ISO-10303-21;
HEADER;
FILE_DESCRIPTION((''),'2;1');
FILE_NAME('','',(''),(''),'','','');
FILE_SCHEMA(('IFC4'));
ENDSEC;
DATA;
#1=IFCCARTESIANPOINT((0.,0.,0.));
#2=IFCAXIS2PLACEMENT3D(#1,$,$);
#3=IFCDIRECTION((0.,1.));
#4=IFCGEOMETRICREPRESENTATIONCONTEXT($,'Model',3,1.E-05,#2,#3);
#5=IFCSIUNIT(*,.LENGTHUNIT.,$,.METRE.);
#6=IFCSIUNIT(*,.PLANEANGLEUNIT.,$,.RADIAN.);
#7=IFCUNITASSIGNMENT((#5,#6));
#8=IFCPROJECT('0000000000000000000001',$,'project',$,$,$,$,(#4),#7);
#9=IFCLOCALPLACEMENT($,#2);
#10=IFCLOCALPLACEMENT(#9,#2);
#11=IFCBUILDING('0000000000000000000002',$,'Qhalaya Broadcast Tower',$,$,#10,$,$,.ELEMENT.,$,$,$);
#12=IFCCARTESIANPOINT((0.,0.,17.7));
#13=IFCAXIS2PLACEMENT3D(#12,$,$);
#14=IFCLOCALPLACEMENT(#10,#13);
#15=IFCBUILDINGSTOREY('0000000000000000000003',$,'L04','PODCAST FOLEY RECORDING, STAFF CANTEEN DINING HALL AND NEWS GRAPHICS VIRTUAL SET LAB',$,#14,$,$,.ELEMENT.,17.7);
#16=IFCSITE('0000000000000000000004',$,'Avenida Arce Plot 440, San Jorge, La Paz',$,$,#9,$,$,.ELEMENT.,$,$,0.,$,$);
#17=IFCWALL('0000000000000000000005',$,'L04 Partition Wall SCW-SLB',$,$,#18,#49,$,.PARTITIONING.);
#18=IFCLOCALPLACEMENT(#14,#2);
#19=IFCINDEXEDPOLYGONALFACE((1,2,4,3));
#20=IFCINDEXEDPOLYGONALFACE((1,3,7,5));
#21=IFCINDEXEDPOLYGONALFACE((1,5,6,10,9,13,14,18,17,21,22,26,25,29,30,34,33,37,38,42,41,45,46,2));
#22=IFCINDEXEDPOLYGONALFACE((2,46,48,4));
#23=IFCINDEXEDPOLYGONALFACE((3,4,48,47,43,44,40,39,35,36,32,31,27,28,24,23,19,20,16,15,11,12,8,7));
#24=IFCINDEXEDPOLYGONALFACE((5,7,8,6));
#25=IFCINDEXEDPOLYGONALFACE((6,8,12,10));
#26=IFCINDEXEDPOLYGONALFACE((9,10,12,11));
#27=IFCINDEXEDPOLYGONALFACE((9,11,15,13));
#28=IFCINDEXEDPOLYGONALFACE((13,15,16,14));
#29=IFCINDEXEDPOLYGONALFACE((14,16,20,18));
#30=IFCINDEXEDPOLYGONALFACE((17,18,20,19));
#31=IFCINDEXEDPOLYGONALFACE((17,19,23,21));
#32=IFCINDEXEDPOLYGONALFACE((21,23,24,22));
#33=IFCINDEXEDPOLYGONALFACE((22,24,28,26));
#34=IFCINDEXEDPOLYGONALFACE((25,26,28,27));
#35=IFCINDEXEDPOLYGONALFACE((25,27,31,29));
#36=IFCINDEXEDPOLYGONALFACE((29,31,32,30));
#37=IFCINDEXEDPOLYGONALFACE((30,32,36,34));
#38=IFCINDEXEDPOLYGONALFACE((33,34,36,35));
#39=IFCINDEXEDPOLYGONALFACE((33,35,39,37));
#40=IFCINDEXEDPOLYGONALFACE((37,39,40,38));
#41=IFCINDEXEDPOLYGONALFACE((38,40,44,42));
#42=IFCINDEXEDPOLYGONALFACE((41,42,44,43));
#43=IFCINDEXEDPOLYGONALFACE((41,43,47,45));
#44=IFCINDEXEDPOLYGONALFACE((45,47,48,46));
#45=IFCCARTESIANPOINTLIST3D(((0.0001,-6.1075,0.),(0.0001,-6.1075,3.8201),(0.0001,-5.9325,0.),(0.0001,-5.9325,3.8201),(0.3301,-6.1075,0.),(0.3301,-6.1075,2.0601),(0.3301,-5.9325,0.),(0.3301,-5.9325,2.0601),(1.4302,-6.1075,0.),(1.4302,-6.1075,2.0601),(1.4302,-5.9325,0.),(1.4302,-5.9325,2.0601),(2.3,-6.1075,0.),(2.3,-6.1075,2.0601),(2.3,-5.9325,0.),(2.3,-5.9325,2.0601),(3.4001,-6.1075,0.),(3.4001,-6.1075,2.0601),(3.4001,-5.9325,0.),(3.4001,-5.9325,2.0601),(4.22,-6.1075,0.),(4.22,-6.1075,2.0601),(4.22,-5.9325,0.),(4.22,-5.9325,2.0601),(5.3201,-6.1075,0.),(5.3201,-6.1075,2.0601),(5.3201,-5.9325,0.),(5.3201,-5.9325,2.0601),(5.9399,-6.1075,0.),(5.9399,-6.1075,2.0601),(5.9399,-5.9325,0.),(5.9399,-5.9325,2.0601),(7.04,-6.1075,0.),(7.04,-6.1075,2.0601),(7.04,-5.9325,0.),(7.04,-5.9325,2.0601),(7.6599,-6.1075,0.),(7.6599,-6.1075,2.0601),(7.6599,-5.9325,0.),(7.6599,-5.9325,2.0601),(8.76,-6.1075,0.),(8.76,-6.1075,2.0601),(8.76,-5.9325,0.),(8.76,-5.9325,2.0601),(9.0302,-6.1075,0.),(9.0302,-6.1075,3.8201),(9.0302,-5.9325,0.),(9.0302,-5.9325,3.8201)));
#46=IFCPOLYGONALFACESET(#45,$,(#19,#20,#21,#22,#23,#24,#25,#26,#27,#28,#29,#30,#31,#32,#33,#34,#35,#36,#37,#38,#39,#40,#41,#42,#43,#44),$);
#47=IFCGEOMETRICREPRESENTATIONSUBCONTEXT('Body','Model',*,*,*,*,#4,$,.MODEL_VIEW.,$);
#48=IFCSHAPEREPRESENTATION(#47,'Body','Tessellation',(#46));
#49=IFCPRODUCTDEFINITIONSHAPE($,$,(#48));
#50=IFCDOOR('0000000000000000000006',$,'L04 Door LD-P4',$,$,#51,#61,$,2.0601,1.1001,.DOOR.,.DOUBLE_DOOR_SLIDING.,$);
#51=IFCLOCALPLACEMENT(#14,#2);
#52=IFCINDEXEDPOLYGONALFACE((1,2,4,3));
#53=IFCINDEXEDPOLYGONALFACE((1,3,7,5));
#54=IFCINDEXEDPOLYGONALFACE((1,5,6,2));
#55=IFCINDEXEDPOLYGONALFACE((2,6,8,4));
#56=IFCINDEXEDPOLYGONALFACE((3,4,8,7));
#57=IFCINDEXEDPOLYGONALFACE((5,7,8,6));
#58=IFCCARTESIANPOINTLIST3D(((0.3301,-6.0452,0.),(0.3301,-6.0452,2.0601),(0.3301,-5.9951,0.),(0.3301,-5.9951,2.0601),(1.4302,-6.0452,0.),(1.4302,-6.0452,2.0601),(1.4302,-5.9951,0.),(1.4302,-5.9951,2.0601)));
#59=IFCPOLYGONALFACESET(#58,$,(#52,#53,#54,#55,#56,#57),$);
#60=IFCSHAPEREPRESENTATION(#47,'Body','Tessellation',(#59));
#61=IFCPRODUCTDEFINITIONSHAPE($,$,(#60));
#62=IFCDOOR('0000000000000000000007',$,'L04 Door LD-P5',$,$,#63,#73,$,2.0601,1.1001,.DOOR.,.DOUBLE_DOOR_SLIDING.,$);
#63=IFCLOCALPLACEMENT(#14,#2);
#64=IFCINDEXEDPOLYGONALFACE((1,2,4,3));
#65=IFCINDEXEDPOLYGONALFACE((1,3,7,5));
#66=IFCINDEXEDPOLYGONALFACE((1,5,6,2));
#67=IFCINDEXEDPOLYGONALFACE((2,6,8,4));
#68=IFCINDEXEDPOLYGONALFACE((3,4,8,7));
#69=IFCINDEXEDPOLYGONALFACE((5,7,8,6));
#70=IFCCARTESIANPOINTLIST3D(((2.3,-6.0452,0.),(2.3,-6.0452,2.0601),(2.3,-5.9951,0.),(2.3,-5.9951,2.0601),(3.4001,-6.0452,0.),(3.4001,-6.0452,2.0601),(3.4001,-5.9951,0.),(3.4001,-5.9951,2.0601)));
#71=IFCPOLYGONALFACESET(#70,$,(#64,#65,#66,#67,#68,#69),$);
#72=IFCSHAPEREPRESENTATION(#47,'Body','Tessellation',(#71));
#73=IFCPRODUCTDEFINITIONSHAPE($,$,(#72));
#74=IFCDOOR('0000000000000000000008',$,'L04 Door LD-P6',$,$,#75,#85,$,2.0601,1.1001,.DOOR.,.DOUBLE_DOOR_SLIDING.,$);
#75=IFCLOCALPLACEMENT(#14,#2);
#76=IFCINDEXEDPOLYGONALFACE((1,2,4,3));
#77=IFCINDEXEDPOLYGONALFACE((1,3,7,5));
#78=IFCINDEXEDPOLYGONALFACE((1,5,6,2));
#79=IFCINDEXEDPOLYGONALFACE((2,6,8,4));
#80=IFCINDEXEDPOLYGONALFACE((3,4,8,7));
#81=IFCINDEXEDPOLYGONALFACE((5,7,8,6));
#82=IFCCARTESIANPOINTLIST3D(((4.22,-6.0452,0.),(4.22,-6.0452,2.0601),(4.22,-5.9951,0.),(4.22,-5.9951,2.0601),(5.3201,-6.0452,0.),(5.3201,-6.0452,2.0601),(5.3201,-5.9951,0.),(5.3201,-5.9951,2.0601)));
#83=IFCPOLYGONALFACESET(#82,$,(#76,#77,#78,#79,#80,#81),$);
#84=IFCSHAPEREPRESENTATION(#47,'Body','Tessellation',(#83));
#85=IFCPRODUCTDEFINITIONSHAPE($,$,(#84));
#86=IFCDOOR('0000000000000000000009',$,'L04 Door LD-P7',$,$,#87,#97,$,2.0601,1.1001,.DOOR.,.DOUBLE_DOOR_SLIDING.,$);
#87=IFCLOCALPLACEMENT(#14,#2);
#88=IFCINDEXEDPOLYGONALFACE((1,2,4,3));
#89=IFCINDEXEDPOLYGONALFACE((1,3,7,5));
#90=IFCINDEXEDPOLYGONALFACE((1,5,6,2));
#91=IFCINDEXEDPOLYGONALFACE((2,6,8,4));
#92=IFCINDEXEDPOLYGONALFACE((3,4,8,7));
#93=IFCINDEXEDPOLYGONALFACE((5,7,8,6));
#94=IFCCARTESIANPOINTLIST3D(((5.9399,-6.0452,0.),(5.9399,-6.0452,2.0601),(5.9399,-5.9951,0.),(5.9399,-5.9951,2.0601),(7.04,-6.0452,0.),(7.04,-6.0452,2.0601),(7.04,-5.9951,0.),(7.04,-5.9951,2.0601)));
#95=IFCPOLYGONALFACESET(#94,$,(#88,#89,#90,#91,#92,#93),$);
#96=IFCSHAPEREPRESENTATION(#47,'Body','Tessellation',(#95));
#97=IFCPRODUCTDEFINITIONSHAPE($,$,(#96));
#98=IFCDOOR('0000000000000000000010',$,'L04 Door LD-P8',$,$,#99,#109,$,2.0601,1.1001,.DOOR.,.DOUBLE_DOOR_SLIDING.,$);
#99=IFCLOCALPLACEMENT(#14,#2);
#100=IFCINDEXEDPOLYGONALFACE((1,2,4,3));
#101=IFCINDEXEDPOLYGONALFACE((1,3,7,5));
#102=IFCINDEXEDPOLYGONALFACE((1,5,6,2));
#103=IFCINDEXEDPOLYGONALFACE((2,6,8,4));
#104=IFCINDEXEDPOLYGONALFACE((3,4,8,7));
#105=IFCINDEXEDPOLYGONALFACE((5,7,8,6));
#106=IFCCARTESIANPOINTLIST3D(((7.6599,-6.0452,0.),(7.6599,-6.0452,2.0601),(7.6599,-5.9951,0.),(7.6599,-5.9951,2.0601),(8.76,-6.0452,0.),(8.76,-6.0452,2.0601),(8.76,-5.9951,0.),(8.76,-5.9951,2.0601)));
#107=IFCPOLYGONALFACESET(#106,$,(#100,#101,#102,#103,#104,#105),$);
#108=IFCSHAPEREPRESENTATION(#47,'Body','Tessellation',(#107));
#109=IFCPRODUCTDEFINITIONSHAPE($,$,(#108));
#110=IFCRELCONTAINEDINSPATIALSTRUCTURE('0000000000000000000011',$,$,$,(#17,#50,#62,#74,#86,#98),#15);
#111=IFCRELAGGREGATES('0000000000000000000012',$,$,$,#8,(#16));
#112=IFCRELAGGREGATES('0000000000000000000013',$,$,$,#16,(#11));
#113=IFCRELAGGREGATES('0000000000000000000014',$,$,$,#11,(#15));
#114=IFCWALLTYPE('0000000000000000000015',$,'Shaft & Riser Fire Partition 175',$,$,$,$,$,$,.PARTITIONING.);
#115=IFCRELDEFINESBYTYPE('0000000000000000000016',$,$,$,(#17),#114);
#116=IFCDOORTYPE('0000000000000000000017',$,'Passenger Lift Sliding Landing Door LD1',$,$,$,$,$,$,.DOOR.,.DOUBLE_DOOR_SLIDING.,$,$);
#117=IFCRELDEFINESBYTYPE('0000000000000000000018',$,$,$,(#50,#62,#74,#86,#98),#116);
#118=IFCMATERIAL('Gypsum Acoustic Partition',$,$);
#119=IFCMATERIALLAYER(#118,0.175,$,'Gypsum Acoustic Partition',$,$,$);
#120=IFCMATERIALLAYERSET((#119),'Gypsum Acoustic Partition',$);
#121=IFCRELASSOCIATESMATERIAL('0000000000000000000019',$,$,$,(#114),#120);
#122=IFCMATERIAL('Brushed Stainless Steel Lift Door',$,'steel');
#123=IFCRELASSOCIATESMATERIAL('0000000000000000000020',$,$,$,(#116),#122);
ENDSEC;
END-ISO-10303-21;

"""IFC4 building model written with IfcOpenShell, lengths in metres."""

from ifc_helpers import new_model, si_unit, direction, frame, frame_2d, origin, place, context, subcontext, project, spatial, rectangle, extrude, material, layer, layer_set, type_object, element, fill, save


model = new_model("IFC4")

# Units and contexts
model_context = context("Model", 3, precision=1e-05, world=origin(), true_north=direction((0.0, 1.0)))
body_context = subcontext(model_context, "Body", "Model", "MODEL_VIEW")
ifc_project = project(units=[si_unit("LENGTHUNIT", "METRE"), si_unit("PLANEANGLEUNIT", "RADIAN")], contexts=[model_context])

# Site, building, storey
site_placement = place(None, origin())
site = spatial("IfcSite", under=ifc_project, at=site_placement, Name="Avenida Arce Plot 440, San Jorge, La Paz", CompositionType="ELEMENT", RefElevation=0.0)
building_placement = place(site_placement, origin())
building = spatial("IfcBuilding", under=site, at=building_placement, Name="Qhalaya Broadcast Tower", CompositionType="ELEMENT")
storey_placement = place(building_placement, frame((0.0, 0.0, 17.7)))
storey = spatial("IfcBuildingStorey", under=building, at=storey_placement, Name="L04", Description="PODCAST FOLEY RECORDING, STAFF CANTEEN DINING HALL AND NEWS GRAPHICS VIRTUAL SET LAB", CompositionType="ELEMENT", Elevation=17.7)

# Shared definitions
ifc_material_1 = material(Name="Gypsum Acoustic Partition")

# Shared definitions
ifc_material_2 = material(Name="Brushed Stainless Steel Lift Door", Category="steel")

# Shared definitions
ifc_layer_1 = layer(ifc_material_1, 0.175, Name="Gypsum Acoustic Partition")
ifc_layer_set_1 = layer_set([ifc_layer_1], Name="Gypsum Acoustic Partition")
wall_type_1 = type_object("IfcWallType", Name="Shaft & Riser Fire Partition 175", PredefinedType="PARTITIONING", material=ifc_layer_set_1)

# Wall, openings, doors
wall_1_placement = place(storey_placement, frame((0.0, -6.02, 0.0), z_axis=(0.0, 0.0, 1.0), x_axis=(1.0, 0.0, 0.0)))
wall_1 = element("IfcWall", 1, at=wall_1_placement, inside=storey, type_object=wall_type_1, Name="L04 Partition Wall SCW-SLB", PredefinedType="PARTITIONING", context=body_context, shape_type="SweptSolid", body=[
    extrude(rectangle(XDim=9.03, YDim=0.175, at=frame_2d((4.5151, 0.0))), origin(), (0.0, 0.0, 1.0), 3.8201),
])
opening_1_placement = place(wall_1_placement, frame((0.3301, 0.0, 0.0)))
opening_1 = element("IfcOpeningElement", 2, at=opening_1_placement, cuts=wall_1, PredefinedType="OPENING", context=body_context, shape_type="SweptSolid", body=[
    extrude(rectangle(XDim=1.1001, YDim=2.0601, at=frame_2d((0.55, 1.03))), frame((0.0, 0.0996, 0.0), z_axis=(0.0, -1.0, 0.0), x_axis=(1.0, 0.0, 0.0)), (0.0, 0.0, 1.0), 0.199),
])
opening_2_placement = place(wall_1_placement, frame((2.3, 0.0, 0.0)))
opening_2 = element("IfcOpeningElement", 3, at=opening_2_placement, cuts=wall_1, PredefinedType="OPENING", context=body_context, shape_type="SweptSolid", body=[
    extrude(rectangle(XDim=1.1001, YDim=2.0601, at=frame_2d((0.55, 1.03))), frame((0.0, 0.0996, 0.0), z_axis=(0.0, -1.0, 0.0), x_axis=(1.0, 0.0, 0.0)), (0.0, 0.0, 1.0), 0.199),
])
opening_3_placement = place(wall_1_placement, frame((4.22, 0.0, 0.0)))
opening_3 = element("IfcOpeningElement", 4, at=opening_3_placement, cuts=wall_1, PredefinedType="OPENING", context=body_context, shape_type="SweptSolid", body=[
    extrude(rectangle(XDim=1.1001, YDim=2.0601, at=frame_2d((0.55, 1.03))), frame((0.0, 0.0996, 0.0), z_axis=(0.0, -1.0, 0.0), x_axis=(1.0, 0.0, 0.0)), (0.0, 0.0, 1.0), 0.199),
])
opening_4_placement = place(wall_1_placement, frame((5.9399, 0.0, 0.0)))
opening_4 = element("IfcOpeningElement", 5, at=opening_4_placement, cuts=wall_1, PredefinedType="OPENING", context=body_context, shape_type="SweptSolid", body=[
    extrude(rectangle(XDim=1.1001, YDim=2.0601, at=frame_2d((0.55, 1.03))), frame((0.0, 0.0996, 0.0), z_axis=(0.0, -1.0, 0.0), x_axis=(1.0, 0.0, 0.0)), (0.0, 0.0, 1.0), 0.199),
])
opening_5_placement = place(wall_1_placement, frame((7.6599, 0.0, 0.0)))
opening_5 = element("IfcOpeningElement", 6, at=opening_5_placement, cuts=wall_1, PredefinedType="OPENING", context=body_context, shape_type="SweptSolid", body=[
    extrude(rectangle(XDim=1.1001, YDim=2.0601, at=frame_2d((0.55, 1.03))), frame((0.0, 0.0996, 0.0), z_axis=(0.0, -1.0, 0.0), x_axis=(1.0, 0.0, 0.0)), (0.0, 0.0, 1.0), 0.199),
])
door_type_1 = type_object("IfcDoorType", Name="Passenger Lift Sliding Landing Door LD1", OperationType="DOUBLE_DOOR_SLIDING", PredefinedType="DOOR", material=ifc_material_2)
door_1_placement = place(opening_1_placement, origin())
door_1 = element("IfcDoor", 7, at=door_1_placement, inside=storey, type_object=door_type_1, Name="L04 Door LD-P4", OperationType="DOUBLE_DOOR_SLIDING", OverallHeight=2.0601, OverallWidth=1.1001, PredefinedType="DOOR", context=body_context, shape_type="SweptSolid", body=[
    extrude(rectangle(XDim=1.1001, YDim=2.0601, at=frame_2d((0.55, 1.03))), frame((0.0, 0.0249, 0.0), z_axis=(0.0, -1.0, 0.0), x_axis=(1.0, 0.0, 0.0)), (0.0, 0.0, 1.0), 0.05),
])
fill(opening_1, door_1)
door_2_placement = place(opening_2_placement, origin())
door_2 = element("IfcDoor", 8, at=door_2_placement, inside=storey, type_object=door_type_1, Name="L04 Door LD-P5", OperationType="DOUBLE_DOOR_SLIDING", OverallHeight=2.0601, OverallWidth=1.1001, PredefinedType="DOOR", context=body_context, shape_type="SweptSolid", body=[
    extrude(rectangle(XDim=1.1001, YDim=2.0601, at=frame_2d((0.55, 1.03))), frame((0.0, 0.0249, 0.0), z_axis=(0.0, -1.0, 0.0), x_axis=(1.0, 0.0, 0.0)), (0.0, 0.0, 1.0), 0.05),
])
fill(opening_2, door_2)
door_3_placement = place(opening_3_placement, origin())
door_3 = element("IfcDoor", 9, at=door_3_placement, inside=storey, type_object=door_type_1, Name="L04 Door LD-P6", OperationType="DOUBLE_DOOR_SLIDING", OverallHeight=2.0601, OverallWidth=1.1001, PredefinedType="DOOR", context=body_context, shape_type="SweptSolid", body=[
    extrude(rectangle(XDim=1.1001, YDim=2.0601, at=frame_2d((0.55, 1.03))), frame((0.0, 0.0249, 0.0), z_axis=(0.0, -1.0, 0.0), x_axis=(1.0, 0.0, 0.0)), (0.0, 0.0, 1.0), 0.05),
])
fill(opening_3, door_3)
door_4_placement = place(opening_4_placement, origin())
door_4 = element("IfcDoor", 10, at=door_4_placement, inside=storey, type_object=door_type_1, Name="L04 Door LD-P7", OperationType="DOUBLE_DOOR_SLIDING", OverallHeight=2.0601, OverallWidth=1.1001, PredefinedType="DOOR", context=body_context, shape_type="SweptSolid", body=[
    extrude(rectangle(XDim=1.1001, YDim=2.0601, at=frame_2d((0.55, 1.03))), frame((0.0, 0.0249, 0.0), z_axis=(0.0, -1.0, 0.0), x_axis=(1.0, 0.0, 0.0)), (0.0, 0.0, 1.0), 0.05),
])
fill(opening_4, door_4)
door_5_placement = place(opening_5_placement, origin())
door_5 = element("IfcDoor", 11, at=door_5_placement, inside=storey, type_object=door_type_1, Name="L04 Door LD-P8", OperationType="DOUBLE_DOOR_SLIDING", OverallHeight=2.0601, OverallWidth=1.1001, PredefinedType="DOOR", context=body_context, shape_type="SweptSolid", body=[
    extrude(rectangle(XDim=1.1001, YDim=2.0601, at=frame_2d((0.55, 1.03))), frame((0.0, 0.0249, 0.0), z_axis=(0.0, -1.0, 0.0), x_axis=(1.0, 0.0, 0.0)), (0.0, 0.0, 1.0), 0.05),
])
fill(opening_5, door_5)

save(model, "model.ifc")
